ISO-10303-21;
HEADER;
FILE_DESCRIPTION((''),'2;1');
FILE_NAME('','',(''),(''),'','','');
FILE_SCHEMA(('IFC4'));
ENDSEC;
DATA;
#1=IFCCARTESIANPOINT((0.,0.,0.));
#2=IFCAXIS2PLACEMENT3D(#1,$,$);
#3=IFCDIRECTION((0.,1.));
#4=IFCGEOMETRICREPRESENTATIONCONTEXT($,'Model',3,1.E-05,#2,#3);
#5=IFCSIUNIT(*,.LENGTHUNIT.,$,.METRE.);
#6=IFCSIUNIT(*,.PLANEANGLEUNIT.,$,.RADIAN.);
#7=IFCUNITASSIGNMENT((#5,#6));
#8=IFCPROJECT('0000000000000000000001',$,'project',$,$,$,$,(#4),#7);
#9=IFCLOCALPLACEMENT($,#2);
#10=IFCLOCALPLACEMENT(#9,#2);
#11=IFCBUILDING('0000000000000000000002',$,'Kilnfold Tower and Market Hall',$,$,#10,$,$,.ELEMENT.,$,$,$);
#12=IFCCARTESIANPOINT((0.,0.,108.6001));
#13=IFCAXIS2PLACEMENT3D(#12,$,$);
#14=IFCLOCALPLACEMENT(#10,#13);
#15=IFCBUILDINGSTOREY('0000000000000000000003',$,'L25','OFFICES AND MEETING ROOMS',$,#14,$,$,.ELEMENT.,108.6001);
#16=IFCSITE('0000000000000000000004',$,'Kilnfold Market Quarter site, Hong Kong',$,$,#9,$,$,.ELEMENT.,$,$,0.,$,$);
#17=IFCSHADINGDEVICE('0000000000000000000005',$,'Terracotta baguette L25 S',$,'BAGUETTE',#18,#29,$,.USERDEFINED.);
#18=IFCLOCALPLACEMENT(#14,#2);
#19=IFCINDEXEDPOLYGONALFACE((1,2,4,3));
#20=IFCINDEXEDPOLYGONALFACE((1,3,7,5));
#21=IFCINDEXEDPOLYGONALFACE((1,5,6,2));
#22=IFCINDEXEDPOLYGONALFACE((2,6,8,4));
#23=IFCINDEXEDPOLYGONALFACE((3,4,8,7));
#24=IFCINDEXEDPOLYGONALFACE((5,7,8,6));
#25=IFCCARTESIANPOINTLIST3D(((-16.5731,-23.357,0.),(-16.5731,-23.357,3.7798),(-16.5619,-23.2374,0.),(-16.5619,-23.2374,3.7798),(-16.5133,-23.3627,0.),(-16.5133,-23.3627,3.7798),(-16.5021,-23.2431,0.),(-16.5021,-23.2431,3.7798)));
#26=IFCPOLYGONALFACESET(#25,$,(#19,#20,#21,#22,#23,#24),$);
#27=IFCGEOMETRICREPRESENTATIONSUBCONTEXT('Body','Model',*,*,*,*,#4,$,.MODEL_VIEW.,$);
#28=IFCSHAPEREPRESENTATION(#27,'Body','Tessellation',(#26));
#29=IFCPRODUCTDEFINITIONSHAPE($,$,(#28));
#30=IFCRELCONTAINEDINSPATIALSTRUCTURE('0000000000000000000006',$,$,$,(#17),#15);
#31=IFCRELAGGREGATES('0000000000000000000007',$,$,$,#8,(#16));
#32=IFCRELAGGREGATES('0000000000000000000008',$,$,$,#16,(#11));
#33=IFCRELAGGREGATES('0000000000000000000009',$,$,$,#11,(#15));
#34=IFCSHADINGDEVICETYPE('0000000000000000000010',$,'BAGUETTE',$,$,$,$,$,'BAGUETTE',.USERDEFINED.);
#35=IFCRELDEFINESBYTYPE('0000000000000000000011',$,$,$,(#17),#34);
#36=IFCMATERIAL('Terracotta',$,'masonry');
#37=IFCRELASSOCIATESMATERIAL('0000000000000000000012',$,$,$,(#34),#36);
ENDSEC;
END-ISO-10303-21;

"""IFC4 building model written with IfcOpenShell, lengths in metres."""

from ifc_helpers import new_model, si_unit, direction, frame, origin, origin_2d, place, context, subcontext, project, spatial, rectangle, extrude, source, transform, mapped, material, material_profile, profile_set, type_object, element, save


model = new_model("IFC4")

# Units and contexts
model_context = context("Model", 3, precision=1e-05, world=origin(), true_north=direction((0.0, 1.0)))
body_context = subcontext(model_context, "Body", "Model", "MODEL_VIEW")
ifc_project = project(units=[si_unit("LENGTHUNIT", "METRE"), si_unit("PLANEANGLEUNIT", "RADIAN")], contexts=[model_context])

# Site, building, storey
site_placement = place(None, origin())
site = spatial("IfcSite", under=ifc_project, at=site_placement, Name="Kilnfold Market Quarter site, Hong Kong", CompositionType="ELEMENT", RefElevation=0.0)
building_placement = place(site_placement, origin())
building = spatial("IfcBuilding", under=site, at=building_placement, Name="Kilnfold Tower and Market Hall", CompositionType="ELEMENT")
storey_placement = place(building_placement, frame((0.0, 0.0, 108.6001)))
storey = spatial("IfcBuildingStorey", under=building, at=storey_placement, Name="L25", Description="OFFICES AND MEETING ROOMS", CompositionType="ELEMENT", Elevation=108.6001)

# Shading device
ifc_material_1 = material(Name="Terracotta", Category="masonry")
ifc_material_profile_1 = material_profile(ifc_material_1, rectangle(XDim=0.0601, YDim=0.1201, at=origin_2d()), Name="BAG 60x120")
ifc_profile_set_1 = profile_set([ifc_material_profile_1], Name="Terracotta")
shading_device_type_1 = type_object("IfcShadingDeviceType", Name="BAGUETTE", ElementType="BAGUETTE", PredefinedType="USERDEFINED", material=ifc_profile_set_1)
shared_shape_1 = source(origin(), body_context, "Body", "SweptSolid", [
    extrude(rectangle(XDim=0.0601, YDim=0.1201, at=origin_2d()), origin(), (0.0, 0.0, 1.0), 3.7798),
])
shading_device_1_placement = place(storey_placement, frame((-16.5376, -23.3, 0.0), z_axis=(0.0, 0.0, 1.0), x_axis=(0.995595, -0.093763, 0.0)))
element("IfcShadingDevice", 1, at=shading_device_1_placement, inside=storey, type_object=shading_device_type_1, Name="Terracotta baguette L25 S", ObjectType="BAGUETTE", PredefinedType="USERDEFINED", context=body_context, shape_type="MappedRepresentation", body=[
    mapped(shared_shape_1, transform((0.0, 0.0, 0.0))),
])

save(model, "model.ifc")
